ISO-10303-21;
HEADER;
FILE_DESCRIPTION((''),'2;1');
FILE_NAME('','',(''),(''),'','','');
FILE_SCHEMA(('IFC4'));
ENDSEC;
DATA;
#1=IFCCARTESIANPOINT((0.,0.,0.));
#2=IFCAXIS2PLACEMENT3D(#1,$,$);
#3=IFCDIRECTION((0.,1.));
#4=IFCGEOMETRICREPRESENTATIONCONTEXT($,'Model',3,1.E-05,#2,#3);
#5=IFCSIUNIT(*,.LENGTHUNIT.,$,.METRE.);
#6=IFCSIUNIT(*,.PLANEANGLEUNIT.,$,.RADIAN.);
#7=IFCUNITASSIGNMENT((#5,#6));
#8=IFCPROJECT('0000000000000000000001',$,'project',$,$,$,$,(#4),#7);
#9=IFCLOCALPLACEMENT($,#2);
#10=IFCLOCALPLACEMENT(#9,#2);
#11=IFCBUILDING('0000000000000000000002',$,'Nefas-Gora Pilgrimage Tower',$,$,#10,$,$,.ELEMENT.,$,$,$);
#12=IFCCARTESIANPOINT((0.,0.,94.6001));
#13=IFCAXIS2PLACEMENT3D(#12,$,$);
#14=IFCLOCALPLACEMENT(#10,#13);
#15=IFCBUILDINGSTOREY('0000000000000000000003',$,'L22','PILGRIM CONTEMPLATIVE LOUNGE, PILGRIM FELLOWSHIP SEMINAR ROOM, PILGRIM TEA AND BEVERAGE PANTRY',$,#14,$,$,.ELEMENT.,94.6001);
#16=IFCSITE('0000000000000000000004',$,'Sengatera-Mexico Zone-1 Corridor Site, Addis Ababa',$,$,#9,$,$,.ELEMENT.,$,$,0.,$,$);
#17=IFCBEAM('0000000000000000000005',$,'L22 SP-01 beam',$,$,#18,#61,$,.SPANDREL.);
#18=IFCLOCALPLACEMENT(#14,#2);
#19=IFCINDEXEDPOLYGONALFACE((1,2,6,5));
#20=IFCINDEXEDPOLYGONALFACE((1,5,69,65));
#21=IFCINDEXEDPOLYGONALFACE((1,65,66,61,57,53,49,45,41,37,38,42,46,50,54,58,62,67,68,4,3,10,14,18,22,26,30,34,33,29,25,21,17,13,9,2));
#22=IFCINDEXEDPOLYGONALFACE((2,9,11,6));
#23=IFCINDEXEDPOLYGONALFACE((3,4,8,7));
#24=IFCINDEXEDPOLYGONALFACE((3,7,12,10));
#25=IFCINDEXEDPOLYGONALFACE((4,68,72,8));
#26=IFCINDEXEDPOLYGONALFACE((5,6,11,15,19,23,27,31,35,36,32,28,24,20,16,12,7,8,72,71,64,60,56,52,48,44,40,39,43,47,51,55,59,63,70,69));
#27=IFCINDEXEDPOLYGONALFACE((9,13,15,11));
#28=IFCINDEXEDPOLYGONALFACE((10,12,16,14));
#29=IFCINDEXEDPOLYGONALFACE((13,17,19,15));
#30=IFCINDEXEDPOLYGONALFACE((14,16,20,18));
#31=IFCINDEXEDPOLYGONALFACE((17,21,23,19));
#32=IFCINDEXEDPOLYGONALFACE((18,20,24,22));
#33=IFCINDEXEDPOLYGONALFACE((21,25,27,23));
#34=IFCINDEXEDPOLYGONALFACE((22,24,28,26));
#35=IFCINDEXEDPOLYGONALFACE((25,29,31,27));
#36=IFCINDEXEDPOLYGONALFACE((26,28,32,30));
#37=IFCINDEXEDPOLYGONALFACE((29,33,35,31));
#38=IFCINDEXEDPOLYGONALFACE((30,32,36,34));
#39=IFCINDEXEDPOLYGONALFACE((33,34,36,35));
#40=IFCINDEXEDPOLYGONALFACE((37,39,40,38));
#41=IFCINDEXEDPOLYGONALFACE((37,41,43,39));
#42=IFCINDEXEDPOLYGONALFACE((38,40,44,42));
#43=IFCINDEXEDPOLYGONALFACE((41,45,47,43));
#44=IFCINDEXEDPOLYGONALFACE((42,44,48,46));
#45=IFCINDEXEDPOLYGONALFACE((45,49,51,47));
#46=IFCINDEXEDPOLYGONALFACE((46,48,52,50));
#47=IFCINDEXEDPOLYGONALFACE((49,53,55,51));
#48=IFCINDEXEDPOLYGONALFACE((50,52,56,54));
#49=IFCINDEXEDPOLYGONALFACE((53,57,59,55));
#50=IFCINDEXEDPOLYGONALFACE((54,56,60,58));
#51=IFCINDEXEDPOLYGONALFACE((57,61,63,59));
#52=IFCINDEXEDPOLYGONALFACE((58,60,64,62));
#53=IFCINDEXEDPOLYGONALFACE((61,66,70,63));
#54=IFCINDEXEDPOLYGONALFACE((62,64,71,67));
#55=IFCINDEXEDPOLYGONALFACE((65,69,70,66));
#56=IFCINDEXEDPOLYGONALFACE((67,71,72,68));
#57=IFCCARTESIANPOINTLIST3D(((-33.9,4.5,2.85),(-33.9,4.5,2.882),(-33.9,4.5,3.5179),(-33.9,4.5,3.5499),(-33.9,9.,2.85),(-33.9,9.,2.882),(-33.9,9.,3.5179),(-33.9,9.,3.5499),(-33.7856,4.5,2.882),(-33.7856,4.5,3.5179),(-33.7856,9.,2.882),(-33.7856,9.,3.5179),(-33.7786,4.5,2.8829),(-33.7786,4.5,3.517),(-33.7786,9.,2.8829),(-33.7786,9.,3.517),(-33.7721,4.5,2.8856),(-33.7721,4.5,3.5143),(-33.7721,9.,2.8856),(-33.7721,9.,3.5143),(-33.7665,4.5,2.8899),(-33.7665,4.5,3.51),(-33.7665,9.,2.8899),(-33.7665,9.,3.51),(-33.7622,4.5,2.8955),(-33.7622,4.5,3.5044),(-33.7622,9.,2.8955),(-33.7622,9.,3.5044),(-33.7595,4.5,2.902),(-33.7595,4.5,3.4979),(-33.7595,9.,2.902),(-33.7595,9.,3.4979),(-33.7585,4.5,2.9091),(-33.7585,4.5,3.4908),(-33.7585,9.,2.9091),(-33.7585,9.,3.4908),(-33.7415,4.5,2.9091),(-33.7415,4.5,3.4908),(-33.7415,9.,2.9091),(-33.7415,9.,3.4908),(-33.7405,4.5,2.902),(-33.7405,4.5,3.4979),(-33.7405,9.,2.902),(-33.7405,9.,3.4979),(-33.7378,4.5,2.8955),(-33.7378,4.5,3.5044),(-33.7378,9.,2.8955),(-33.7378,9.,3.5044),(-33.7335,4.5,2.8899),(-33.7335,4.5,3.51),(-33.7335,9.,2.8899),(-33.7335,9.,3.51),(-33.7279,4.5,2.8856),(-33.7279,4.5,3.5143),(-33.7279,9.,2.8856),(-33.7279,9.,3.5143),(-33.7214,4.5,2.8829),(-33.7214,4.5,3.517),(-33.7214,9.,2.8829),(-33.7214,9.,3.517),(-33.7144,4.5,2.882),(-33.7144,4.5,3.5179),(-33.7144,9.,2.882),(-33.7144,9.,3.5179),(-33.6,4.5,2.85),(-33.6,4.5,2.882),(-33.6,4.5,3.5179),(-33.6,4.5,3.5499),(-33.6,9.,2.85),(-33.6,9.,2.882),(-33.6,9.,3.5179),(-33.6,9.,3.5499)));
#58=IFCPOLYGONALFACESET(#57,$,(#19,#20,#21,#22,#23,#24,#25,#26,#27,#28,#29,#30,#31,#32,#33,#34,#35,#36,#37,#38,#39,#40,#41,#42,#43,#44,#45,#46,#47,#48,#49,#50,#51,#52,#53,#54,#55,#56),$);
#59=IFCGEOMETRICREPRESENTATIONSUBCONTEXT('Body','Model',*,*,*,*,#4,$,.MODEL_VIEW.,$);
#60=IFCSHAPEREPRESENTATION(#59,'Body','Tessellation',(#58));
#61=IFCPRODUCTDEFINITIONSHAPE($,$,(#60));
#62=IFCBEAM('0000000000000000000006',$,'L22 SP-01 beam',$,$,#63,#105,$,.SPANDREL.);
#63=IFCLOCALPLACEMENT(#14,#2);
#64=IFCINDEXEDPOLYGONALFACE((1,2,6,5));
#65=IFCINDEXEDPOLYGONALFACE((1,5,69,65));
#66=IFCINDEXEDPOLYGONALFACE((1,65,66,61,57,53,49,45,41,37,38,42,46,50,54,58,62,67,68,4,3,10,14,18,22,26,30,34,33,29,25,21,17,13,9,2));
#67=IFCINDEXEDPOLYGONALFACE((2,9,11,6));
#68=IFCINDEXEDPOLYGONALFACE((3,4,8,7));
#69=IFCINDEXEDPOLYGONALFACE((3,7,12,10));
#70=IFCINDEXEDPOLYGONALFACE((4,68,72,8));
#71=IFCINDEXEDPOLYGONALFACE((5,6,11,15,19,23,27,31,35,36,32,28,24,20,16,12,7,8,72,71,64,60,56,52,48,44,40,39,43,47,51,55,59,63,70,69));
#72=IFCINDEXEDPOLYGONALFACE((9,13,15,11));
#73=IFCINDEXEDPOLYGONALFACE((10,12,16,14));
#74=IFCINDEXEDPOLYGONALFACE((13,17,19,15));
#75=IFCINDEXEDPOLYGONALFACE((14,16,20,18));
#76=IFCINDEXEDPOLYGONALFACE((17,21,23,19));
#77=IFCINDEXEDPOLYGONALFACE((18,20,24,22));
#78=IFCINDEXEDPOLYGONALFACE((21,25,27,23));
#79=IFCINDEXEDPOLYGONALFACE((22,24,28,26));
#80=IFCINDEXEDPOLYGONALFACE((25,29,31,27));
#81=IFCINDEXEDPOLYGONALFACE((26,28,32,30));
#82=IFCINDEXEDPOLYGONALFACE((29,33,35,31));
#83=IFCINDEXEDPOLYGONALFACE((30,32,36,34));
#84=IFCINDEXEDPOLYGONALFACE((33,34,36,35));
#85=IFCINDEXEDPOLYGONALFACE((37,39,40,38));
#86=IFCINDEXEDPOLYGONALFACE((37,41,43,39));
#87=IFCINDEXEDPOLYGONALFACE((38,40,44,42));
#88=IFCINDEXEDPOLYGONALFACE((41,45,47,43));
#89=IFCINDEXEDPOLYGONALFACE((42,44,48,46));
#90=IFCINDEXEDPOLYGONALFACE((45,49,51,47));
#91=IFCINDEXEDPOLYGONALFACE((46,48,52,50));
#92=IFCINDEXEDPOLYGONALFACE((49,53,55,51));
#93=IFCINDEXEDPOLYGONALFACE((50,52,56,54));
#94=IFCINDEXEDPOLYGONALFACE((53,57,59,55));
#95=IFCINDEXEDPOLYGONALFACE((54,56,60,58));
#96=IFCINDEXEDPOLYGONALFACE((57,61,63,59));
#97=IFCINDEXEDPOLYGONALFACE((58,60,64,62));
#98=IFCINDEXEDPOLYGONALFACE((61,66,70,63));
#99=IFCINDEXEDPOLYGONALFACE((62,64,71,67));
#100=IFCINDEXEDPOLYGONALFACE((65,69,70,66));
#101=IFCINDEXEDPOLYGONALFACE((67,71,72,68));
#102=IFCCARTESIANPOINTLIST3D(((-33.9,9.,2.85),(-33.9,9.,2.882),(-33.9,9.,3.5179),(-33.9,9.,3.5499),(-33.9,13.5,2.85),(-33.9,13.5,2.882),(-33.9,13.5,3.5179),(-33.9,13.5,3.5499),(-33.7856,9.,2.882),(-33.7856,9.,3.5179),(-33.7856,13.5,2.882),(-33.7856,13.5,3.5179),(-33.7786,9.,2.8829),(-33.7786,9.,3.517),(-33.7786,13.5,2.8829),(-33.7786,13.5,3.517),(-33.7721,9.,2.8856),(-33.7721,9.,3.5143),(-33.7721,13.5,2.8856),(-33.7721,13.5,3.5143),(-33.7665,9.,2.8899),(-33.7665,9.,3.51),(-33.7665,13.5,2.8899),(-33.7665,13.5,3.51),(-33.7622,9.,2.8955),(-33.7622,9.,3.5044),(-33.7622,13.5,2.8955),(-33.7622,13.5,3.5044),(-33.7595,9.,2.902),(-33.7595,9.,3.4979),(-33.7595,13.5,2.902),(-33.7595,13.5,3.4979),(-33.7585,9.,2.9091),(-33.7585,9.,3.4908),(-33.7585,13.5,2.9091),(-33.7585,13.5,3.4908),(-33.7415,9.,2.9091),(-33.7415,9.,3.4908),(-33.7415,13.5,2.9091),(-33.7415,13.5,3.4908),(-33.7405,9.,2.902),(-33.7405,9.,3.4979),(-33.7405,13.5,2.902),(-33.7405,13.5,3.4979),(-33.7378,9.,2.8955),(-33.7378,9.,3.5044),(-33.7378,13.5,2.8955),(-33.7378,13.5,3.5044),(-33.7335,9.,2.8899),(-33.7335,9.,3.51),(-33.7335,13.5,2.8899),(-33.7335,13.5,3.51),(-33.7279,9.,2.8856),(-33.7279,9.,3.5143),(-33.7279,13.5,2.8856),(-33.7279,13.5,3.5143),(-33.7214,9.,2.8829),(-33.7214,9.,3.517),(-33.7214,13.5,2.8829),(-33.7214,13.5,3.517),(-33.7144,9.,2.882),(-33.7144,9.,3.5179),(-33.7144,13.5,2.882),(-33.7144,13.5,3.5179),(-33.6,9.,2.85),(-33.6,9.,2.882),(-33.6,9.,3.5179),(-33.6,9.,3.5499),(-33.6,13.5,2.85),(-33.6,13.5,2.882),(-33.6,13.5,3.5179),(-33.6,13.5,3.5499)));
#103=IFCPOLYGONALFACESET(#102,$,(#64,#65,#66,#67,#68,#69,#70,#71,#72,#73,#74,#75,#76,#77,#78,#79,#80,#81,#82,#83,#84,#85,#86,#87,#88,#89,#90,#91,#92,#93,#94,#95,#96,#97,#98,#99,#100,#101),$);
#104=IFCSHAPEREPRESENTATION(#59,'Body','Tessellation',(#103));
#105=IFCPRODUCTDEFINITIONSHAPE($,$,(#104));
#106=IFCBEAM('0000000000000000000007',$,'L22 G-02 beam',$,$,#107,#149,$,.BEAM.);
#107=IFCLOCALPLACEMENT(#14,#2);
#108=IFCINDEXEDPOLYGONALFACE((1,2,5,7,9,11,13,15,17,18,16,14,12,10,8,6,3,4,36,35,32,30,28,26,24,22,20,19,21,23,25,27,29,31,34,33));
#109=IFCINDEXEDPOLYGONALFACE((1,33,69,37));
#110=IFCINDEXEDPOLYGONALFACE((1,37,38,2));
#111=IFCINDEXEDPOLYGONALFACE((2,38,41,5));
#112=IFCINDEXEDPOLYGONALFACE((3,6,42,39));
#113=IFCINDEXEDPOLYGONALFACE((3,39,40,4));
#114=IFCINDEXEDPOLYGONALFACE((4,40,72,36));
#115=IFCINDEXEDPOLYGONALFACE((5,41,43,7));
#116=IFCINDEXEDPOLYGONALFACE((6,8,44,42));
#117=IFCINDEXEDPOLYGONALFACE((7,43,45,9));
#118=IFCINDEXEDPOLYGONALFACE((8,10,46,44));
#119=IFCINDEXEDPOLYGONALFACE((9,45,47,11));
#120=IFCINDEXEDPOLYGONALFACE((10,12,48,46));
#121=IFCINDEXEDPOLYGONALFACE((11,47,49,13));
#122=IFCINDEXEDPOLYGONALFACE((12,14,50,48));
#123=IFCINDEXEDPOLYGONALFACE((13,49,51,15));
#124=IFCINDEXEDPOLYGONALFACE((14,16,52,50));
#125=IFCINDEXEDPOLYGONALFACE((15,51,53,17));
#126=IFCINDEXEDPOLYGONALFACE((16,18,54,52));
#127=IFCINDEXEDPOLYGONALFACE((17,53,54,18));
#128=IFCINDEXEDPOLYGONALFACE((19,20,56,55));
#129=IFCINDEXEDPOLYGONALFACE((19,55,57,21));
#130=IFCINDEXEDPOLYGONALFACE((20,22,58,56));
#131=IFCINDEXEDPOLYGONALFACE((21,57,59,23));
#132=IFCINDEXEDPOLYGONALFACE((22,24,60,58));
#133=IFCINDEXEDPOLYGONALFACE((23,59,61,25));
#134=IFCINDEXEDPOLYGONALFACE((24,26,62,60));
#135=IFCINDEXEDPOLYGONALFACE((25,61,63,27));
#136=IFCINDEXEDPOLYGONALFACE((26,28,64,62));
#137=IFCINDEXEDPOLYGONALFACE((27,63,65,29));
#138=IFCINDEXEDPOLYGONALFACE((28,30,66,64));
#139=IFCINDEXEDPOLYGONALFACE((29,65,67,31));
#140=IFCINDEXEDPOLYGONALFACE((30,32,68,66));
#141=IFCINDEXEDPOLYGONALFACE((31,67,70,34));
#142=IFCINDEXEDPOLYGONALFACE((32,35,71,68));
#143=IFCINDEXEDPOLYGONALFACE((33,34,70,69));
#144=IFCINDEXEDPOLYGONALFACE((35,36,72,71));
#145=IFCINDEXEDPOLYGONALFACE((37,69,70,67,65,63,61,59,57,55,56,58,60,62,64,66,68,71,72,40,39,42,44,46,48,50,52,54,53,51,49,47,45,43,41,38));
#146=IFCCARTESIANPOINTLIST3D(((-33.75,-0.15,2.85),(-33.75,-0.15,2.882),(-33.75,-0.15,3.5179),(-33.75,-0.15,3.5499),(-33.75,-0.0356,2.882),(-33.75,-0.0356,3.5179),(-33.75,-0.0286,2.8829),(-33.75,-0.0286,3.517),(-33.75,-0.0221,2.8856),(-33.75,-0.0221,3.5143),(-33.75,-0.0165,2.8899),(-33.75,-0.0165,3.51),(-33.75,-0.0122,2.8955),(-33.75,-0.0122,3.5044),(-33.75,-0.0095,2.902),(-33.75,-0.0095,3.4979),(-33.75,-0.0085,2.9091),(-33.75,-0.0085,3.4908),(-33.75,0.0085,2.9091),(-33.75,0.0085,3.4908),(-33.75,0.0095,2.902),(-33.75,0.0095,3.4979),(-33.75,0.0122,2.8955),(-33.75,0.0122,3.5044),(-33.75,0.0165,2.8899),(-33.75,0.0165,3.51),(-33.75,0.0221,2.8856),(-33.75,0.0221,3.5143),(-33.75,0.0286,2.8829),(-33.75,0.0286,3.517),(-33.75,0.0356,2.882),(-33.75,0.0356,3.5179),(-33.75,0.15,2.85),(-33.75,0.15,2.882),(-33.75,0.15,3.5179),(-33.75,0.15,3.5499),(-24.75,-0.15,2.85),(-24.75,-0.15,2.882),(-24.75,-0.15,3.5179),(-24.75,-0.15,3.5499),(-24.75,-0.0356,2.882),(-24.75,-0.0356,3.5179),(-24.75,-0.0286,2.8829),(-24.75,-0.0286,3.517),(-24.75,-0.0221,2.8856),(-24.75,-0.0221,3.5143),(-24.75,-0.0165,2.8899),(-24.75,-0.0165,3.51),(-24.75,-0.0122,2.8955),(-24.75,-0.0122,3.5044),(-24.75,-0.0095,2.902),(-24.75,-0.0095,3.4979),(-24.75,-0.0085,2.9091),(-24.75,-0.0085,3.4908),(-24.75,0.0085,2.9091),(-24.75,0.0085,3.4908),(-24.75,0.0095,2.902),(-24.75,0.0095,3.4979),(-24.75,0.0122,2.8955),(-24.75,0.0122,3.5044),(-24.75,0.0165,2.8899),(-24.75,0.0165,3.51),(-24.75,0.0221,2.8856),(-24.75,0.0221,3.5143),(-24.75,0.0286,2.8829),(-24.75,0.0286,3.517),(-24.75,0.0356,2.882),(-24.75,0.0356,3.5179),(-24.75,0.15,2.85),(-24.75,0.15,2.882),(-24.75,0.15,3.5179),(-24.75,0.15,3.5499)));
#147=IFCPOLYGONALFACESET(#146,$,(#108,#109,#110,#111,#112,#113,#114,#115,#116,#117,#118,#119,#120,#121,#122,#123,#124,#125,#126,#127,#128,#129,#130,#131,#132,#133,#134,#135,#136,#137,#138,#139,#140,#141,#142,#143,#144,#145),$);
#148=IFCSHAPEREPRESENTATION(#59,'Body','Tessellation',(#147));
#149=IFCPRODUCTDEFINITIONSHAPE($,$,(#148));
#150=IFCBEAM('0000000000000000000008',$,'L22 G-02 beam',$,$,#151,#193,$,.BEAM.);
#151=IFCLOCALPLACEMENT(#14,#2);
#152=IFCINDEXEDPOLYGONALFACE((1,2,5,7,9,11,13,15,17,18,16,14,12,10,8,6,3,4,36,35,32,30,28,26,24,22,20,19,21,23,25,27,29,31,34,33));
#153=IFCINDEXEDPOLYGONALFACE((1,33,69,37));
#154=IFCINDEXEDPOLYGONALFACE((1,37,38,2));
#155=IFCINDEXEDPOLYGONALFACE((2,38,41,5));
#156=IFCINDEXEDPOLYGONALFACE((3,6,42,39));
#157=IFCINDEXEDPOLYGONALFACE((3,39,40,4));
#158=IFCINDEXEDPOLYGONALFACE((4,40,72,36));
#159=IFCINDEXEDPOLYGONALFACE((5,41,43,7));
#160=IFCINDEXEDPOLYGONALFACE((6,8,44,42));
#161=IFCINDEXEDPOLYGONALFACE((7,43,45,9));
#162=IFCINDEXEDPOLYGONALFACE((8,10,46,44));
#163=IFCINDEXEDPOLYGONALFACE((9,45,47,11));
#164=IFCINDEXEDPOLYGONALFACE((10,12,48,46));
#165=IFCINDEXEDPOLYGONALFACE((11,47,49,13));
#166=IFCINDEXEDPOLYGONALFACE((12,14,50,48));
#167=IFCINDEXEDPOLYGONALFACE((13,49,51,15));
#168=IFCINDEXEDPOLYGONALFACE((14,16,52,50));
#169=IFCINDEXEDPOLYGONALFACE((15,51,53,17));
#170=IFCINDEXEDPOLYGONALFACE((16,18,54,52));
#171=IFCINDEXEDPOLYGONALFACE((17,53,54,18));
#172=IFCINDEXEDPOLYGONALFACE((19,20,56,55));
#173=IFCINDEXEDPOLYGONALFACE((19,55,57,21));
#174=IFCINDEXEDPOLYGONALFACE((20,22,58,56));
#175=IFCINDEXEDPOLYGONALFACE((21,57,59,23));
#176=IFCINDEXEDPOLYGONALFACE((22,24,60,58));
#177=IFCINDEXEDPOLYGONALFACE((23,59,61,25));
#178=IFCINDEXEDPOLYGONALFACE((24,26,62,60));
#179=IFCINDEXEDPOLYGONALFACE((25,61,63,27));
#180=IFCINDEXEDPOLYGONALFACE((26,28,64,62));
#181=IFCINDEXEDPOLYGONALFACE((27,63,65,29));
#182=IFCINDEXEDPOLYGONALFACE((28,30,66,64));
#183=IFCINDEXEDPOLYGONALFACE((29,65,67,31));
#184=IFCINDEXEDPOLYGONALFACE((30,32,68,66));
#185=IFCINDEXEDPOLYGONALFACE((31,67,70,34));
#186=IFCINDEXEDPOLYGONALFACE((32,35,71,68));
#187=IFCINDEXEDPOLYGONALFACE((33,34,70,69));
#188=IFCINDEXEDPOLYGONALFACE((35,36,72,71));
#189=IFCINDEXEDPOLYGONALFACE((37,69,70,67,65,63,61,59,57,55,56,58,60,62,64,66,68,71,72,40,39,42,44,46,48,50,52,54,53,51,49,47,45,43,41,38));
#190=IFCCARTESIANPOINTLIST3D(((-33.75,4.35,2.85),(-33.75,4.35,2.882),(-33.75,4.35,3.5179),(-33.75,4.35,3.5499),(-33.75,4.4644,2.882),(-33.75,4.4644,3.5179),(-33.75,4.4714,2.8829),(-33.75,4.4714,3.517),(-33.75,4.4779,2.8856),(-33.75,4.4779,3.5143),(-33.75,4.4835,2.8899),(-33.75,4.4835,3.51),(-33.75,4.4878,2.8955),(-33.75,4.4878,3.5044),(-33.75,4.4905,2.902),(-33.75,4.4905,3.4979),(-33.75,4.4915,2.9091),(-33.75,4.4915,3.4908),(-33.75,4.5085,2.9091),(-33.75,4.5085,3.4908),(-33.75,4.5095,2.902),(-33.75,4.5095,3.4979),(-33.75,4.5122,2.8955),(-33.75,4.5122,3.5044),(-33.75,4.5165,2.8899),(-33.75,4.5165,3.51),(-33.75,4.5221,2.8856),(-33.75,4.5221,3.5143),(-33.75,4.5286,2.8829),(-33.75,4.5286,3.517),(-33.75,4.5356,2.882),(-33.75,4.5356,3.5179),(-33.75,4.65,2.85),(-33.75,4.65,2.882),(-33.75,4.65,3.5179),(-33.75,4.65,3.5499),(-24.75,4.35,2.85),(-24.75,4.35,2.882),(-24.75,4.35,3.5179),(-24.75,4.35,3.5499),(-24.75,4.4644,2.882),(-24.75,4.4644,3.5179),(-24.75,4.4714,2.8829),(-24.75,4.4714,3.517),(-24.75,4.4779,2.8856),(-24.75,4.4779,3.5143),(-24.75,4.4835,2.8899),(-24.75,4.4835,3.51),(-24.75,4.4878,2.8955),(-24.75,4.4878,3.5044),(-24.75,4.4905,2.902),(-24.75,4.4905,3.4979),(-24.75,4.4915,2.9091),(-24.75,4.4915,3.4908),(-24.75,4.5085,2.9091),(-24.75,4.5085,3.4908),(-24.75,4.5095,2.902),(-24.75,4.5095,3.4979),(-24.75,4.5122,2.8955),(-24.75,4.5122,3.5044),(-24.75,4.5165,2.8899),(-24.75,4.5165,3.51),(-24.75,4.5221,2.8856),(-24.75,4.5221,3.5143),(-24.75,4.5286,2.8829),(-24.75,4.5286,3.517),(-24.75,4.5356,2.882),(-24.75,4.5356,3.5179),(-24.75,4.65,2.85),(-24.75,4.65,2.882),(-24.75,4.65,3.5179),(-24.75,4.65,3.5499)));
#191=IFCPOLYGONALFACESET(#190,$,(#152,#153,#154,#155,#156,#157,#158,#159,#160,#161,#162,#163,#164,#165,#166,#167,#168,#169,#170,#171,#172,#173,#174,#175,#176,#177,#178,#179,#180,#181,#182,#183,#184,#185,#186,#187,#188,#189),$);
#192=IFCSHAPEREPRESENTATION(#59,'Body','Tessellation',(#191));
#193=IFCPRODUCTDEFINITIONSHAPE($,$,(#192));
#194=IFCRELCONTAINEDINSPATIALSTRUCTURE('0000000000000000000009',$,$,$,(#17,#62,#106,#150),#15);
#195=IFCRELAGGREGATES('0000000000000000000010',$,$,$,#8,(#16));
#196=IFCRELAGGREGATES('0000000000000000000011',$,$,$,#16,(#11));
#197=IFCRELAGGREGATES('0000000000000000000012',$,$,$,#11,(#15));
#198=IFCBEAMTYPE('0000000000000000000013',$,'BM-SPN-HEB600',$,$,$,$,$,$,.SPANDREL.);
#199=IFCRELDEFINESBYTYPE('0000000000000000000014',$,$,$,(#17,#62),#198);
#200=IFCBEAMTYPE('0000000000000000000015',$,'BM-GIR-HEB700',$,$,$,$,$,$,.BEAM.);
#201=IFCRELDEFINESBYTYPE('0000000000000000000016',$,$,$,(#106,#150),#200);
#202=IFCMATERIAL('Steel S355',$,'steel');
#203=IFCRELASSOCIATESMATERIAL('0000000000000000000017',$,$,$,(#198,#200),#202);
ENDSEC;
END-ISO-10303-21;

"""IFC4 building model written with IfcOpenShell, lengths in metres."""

from ifc_helpers import new_model, si_unit, direction, frame, origin, origin_2d, place, context, subcontext, project, spatial, i_section, extrude, source, transform, mapped, material, material_profile, profile_set, type_object, element, save


model = new_model("IFC4")

# Units and contexts
model_context = context("Model", 3, precision=1e-05, world=origin(), true_north=direction((0.0, 1.0)))
body_context = subcontext(model_context, "Body", "Model", "MODEL_VIEW")
ifc_project = project(units=[si_unit("LENGTHUNIT", "METRE"), si_unit("PLANEANGLEUNIT", "RADIAN")], contexts=[model_context])

# Site, building, storey
site_placement = place(None, origin())
site = spatial("IfcSite", under=ifc_project, at=site_placement, Name="Sengatera-Mexico Zone-1 Corridor Site, Addis Ababa", CompositionType="ELEMENT", RefElevation=0.0)
building_placement = place(site_placement, origin())
building = spatial("IfcBuilding", under=site, at=building_placement, Name="Nefas-Gora Pilgrimage Tower", CompositionType="ELEMENT")
storey_placement = place(building_placement, frame((0.0, 0.0, 94.6001)))
storey = spatial("IfcBuildingStorey", under=building, at=storey_placement, Name="L22", Description="PILGRIM CONTEMPLATIVE LOUNGE, PILGRIM FELLOWSHIP SEMINAR ROOM, PILGRIM TEA AND BEVERAGE PANTRY", CompositionType="ELEMENT", Elevation=94.6001)

# Beams
ifc_material_1 = material(Name="Steel S355", Category="steel")
ifc_material_profile_1 = material_profile(ifc_material_1, i_section(OverallWidth=0.3, OverallDepth=0.7, WebThickness=0.0171, FlangeThickness=0.032, FilletRadius=0.0271, at=origin_2d()), Name="HEB 700")
ifc_profile_set_1 = profile_set([ifc_material_profile_1], Name="Steel S355")
beam_type_1 = type_object("IfcBeamType", Name="BM-SPN-HEB600", PredefinedType="SPANDREL", material=ifc_profile_set_1)
shared_shape_1 = source(origin(), body_context, "Body", "SweptSolid", [
    extrude(i_section(OverallWidth=0.3, OverallDepth=0.7, WebThickness=0.0171, FlangeThickness=0.032, FilletRadius=0.0271, at=origin_2d()), origin(), (0.0, 0.0, 1.0), 4.5),
])
for number, where, z_axis, x_axis, name in (
    (1, (-33.75, 4.5, 3.2), (0.0, 1.0, 0.0), (-1.0, 0.0, 0.0), "L22 SP-01 beam"),
    (2, (-33.75, 9.0, 3.2), (0.0, 1.0, 0.0), (-1.0, 0.0, 0.0), "L22 SP-01 beam"),
):
    element("IfcBeam", number, at=place(storey_placement, frame(where, z_axis=z_axis, x_axis=x_axis)), inside=storey, type_object=beam_type_1, Name=name, PredefinedType="SPANDREL", context=body_context, shape_type="MappedRepresentation", body=[
        mapped(shared_shape_1, transform((0.0, 0.0, 0.0), x_axis=(1.0, 0.0, 0.0), y_axis=(0.0, 1.0, 0.0), z_axis=(0.0, 0.0, 1.0), scale=1.0)),
    ])
ifc_material_profile_2 = material_profile(ifc_material_1, i_section(OverallWidth=0.3, OverallDepth=0.7, WebThickness=0.0171, FlangeThickness=0.032, FilletRadius=0.0271, at=origin_2d()), Name="HEB 700")
ifc_profile_set_2 = profile_set([ifc_material_profile_2], Name="Steel S355")
beam_type_2 = type_object("IfcBeamType", Name="BM-GIR-HEB700", PredefinedType="BEAM", material=ifc_profile_set_2)
shared_shape_2 = source(origin(), body_context, "Body", "SweptSolid", [
    extrude(i_section(OverallWidth=0.3, OverallDepth=0.7, WebThickness=0.0171, FlangeThickness=0.032, FilletRadius=0.0271, at=origin_2d()), origin(), (0.0, 0.0, 1.0), 9.0),
])
for number, where, z_axis, x_axis, name in (
    (3, (-33.75, 0.0, 3.2), (1.0, 0.0, 0.0), (0.0, 1.0, 0.0), "L22 G-02 beam"),
    (4, (-33.75, 4.5, 3.2), (1.0, 0.0, 0.0), (0.0, 1.0, 0.0), "L22 G-02 beam"),
):
    element("IfcBeam", number, at=place(storey_placement, frame(where, z_axis=z_axis, x_axis=x_axis)), inside=storey, type_object=beam_type_2, Name=name, PredefinedType="BEAM", context=body_context, shape_type="MappedRepresentation", body=[
        mapped(shared_shape_2, transform((0.0, 0.0, 0.0), x_axis=(1.0, 0.0, 0.0), y_axis=(0.0, 1.0, 0.0), z_axis=(0.0, 0.0, 1.0), scale=1.0)),
    ])

save(model, "model.ifc")
